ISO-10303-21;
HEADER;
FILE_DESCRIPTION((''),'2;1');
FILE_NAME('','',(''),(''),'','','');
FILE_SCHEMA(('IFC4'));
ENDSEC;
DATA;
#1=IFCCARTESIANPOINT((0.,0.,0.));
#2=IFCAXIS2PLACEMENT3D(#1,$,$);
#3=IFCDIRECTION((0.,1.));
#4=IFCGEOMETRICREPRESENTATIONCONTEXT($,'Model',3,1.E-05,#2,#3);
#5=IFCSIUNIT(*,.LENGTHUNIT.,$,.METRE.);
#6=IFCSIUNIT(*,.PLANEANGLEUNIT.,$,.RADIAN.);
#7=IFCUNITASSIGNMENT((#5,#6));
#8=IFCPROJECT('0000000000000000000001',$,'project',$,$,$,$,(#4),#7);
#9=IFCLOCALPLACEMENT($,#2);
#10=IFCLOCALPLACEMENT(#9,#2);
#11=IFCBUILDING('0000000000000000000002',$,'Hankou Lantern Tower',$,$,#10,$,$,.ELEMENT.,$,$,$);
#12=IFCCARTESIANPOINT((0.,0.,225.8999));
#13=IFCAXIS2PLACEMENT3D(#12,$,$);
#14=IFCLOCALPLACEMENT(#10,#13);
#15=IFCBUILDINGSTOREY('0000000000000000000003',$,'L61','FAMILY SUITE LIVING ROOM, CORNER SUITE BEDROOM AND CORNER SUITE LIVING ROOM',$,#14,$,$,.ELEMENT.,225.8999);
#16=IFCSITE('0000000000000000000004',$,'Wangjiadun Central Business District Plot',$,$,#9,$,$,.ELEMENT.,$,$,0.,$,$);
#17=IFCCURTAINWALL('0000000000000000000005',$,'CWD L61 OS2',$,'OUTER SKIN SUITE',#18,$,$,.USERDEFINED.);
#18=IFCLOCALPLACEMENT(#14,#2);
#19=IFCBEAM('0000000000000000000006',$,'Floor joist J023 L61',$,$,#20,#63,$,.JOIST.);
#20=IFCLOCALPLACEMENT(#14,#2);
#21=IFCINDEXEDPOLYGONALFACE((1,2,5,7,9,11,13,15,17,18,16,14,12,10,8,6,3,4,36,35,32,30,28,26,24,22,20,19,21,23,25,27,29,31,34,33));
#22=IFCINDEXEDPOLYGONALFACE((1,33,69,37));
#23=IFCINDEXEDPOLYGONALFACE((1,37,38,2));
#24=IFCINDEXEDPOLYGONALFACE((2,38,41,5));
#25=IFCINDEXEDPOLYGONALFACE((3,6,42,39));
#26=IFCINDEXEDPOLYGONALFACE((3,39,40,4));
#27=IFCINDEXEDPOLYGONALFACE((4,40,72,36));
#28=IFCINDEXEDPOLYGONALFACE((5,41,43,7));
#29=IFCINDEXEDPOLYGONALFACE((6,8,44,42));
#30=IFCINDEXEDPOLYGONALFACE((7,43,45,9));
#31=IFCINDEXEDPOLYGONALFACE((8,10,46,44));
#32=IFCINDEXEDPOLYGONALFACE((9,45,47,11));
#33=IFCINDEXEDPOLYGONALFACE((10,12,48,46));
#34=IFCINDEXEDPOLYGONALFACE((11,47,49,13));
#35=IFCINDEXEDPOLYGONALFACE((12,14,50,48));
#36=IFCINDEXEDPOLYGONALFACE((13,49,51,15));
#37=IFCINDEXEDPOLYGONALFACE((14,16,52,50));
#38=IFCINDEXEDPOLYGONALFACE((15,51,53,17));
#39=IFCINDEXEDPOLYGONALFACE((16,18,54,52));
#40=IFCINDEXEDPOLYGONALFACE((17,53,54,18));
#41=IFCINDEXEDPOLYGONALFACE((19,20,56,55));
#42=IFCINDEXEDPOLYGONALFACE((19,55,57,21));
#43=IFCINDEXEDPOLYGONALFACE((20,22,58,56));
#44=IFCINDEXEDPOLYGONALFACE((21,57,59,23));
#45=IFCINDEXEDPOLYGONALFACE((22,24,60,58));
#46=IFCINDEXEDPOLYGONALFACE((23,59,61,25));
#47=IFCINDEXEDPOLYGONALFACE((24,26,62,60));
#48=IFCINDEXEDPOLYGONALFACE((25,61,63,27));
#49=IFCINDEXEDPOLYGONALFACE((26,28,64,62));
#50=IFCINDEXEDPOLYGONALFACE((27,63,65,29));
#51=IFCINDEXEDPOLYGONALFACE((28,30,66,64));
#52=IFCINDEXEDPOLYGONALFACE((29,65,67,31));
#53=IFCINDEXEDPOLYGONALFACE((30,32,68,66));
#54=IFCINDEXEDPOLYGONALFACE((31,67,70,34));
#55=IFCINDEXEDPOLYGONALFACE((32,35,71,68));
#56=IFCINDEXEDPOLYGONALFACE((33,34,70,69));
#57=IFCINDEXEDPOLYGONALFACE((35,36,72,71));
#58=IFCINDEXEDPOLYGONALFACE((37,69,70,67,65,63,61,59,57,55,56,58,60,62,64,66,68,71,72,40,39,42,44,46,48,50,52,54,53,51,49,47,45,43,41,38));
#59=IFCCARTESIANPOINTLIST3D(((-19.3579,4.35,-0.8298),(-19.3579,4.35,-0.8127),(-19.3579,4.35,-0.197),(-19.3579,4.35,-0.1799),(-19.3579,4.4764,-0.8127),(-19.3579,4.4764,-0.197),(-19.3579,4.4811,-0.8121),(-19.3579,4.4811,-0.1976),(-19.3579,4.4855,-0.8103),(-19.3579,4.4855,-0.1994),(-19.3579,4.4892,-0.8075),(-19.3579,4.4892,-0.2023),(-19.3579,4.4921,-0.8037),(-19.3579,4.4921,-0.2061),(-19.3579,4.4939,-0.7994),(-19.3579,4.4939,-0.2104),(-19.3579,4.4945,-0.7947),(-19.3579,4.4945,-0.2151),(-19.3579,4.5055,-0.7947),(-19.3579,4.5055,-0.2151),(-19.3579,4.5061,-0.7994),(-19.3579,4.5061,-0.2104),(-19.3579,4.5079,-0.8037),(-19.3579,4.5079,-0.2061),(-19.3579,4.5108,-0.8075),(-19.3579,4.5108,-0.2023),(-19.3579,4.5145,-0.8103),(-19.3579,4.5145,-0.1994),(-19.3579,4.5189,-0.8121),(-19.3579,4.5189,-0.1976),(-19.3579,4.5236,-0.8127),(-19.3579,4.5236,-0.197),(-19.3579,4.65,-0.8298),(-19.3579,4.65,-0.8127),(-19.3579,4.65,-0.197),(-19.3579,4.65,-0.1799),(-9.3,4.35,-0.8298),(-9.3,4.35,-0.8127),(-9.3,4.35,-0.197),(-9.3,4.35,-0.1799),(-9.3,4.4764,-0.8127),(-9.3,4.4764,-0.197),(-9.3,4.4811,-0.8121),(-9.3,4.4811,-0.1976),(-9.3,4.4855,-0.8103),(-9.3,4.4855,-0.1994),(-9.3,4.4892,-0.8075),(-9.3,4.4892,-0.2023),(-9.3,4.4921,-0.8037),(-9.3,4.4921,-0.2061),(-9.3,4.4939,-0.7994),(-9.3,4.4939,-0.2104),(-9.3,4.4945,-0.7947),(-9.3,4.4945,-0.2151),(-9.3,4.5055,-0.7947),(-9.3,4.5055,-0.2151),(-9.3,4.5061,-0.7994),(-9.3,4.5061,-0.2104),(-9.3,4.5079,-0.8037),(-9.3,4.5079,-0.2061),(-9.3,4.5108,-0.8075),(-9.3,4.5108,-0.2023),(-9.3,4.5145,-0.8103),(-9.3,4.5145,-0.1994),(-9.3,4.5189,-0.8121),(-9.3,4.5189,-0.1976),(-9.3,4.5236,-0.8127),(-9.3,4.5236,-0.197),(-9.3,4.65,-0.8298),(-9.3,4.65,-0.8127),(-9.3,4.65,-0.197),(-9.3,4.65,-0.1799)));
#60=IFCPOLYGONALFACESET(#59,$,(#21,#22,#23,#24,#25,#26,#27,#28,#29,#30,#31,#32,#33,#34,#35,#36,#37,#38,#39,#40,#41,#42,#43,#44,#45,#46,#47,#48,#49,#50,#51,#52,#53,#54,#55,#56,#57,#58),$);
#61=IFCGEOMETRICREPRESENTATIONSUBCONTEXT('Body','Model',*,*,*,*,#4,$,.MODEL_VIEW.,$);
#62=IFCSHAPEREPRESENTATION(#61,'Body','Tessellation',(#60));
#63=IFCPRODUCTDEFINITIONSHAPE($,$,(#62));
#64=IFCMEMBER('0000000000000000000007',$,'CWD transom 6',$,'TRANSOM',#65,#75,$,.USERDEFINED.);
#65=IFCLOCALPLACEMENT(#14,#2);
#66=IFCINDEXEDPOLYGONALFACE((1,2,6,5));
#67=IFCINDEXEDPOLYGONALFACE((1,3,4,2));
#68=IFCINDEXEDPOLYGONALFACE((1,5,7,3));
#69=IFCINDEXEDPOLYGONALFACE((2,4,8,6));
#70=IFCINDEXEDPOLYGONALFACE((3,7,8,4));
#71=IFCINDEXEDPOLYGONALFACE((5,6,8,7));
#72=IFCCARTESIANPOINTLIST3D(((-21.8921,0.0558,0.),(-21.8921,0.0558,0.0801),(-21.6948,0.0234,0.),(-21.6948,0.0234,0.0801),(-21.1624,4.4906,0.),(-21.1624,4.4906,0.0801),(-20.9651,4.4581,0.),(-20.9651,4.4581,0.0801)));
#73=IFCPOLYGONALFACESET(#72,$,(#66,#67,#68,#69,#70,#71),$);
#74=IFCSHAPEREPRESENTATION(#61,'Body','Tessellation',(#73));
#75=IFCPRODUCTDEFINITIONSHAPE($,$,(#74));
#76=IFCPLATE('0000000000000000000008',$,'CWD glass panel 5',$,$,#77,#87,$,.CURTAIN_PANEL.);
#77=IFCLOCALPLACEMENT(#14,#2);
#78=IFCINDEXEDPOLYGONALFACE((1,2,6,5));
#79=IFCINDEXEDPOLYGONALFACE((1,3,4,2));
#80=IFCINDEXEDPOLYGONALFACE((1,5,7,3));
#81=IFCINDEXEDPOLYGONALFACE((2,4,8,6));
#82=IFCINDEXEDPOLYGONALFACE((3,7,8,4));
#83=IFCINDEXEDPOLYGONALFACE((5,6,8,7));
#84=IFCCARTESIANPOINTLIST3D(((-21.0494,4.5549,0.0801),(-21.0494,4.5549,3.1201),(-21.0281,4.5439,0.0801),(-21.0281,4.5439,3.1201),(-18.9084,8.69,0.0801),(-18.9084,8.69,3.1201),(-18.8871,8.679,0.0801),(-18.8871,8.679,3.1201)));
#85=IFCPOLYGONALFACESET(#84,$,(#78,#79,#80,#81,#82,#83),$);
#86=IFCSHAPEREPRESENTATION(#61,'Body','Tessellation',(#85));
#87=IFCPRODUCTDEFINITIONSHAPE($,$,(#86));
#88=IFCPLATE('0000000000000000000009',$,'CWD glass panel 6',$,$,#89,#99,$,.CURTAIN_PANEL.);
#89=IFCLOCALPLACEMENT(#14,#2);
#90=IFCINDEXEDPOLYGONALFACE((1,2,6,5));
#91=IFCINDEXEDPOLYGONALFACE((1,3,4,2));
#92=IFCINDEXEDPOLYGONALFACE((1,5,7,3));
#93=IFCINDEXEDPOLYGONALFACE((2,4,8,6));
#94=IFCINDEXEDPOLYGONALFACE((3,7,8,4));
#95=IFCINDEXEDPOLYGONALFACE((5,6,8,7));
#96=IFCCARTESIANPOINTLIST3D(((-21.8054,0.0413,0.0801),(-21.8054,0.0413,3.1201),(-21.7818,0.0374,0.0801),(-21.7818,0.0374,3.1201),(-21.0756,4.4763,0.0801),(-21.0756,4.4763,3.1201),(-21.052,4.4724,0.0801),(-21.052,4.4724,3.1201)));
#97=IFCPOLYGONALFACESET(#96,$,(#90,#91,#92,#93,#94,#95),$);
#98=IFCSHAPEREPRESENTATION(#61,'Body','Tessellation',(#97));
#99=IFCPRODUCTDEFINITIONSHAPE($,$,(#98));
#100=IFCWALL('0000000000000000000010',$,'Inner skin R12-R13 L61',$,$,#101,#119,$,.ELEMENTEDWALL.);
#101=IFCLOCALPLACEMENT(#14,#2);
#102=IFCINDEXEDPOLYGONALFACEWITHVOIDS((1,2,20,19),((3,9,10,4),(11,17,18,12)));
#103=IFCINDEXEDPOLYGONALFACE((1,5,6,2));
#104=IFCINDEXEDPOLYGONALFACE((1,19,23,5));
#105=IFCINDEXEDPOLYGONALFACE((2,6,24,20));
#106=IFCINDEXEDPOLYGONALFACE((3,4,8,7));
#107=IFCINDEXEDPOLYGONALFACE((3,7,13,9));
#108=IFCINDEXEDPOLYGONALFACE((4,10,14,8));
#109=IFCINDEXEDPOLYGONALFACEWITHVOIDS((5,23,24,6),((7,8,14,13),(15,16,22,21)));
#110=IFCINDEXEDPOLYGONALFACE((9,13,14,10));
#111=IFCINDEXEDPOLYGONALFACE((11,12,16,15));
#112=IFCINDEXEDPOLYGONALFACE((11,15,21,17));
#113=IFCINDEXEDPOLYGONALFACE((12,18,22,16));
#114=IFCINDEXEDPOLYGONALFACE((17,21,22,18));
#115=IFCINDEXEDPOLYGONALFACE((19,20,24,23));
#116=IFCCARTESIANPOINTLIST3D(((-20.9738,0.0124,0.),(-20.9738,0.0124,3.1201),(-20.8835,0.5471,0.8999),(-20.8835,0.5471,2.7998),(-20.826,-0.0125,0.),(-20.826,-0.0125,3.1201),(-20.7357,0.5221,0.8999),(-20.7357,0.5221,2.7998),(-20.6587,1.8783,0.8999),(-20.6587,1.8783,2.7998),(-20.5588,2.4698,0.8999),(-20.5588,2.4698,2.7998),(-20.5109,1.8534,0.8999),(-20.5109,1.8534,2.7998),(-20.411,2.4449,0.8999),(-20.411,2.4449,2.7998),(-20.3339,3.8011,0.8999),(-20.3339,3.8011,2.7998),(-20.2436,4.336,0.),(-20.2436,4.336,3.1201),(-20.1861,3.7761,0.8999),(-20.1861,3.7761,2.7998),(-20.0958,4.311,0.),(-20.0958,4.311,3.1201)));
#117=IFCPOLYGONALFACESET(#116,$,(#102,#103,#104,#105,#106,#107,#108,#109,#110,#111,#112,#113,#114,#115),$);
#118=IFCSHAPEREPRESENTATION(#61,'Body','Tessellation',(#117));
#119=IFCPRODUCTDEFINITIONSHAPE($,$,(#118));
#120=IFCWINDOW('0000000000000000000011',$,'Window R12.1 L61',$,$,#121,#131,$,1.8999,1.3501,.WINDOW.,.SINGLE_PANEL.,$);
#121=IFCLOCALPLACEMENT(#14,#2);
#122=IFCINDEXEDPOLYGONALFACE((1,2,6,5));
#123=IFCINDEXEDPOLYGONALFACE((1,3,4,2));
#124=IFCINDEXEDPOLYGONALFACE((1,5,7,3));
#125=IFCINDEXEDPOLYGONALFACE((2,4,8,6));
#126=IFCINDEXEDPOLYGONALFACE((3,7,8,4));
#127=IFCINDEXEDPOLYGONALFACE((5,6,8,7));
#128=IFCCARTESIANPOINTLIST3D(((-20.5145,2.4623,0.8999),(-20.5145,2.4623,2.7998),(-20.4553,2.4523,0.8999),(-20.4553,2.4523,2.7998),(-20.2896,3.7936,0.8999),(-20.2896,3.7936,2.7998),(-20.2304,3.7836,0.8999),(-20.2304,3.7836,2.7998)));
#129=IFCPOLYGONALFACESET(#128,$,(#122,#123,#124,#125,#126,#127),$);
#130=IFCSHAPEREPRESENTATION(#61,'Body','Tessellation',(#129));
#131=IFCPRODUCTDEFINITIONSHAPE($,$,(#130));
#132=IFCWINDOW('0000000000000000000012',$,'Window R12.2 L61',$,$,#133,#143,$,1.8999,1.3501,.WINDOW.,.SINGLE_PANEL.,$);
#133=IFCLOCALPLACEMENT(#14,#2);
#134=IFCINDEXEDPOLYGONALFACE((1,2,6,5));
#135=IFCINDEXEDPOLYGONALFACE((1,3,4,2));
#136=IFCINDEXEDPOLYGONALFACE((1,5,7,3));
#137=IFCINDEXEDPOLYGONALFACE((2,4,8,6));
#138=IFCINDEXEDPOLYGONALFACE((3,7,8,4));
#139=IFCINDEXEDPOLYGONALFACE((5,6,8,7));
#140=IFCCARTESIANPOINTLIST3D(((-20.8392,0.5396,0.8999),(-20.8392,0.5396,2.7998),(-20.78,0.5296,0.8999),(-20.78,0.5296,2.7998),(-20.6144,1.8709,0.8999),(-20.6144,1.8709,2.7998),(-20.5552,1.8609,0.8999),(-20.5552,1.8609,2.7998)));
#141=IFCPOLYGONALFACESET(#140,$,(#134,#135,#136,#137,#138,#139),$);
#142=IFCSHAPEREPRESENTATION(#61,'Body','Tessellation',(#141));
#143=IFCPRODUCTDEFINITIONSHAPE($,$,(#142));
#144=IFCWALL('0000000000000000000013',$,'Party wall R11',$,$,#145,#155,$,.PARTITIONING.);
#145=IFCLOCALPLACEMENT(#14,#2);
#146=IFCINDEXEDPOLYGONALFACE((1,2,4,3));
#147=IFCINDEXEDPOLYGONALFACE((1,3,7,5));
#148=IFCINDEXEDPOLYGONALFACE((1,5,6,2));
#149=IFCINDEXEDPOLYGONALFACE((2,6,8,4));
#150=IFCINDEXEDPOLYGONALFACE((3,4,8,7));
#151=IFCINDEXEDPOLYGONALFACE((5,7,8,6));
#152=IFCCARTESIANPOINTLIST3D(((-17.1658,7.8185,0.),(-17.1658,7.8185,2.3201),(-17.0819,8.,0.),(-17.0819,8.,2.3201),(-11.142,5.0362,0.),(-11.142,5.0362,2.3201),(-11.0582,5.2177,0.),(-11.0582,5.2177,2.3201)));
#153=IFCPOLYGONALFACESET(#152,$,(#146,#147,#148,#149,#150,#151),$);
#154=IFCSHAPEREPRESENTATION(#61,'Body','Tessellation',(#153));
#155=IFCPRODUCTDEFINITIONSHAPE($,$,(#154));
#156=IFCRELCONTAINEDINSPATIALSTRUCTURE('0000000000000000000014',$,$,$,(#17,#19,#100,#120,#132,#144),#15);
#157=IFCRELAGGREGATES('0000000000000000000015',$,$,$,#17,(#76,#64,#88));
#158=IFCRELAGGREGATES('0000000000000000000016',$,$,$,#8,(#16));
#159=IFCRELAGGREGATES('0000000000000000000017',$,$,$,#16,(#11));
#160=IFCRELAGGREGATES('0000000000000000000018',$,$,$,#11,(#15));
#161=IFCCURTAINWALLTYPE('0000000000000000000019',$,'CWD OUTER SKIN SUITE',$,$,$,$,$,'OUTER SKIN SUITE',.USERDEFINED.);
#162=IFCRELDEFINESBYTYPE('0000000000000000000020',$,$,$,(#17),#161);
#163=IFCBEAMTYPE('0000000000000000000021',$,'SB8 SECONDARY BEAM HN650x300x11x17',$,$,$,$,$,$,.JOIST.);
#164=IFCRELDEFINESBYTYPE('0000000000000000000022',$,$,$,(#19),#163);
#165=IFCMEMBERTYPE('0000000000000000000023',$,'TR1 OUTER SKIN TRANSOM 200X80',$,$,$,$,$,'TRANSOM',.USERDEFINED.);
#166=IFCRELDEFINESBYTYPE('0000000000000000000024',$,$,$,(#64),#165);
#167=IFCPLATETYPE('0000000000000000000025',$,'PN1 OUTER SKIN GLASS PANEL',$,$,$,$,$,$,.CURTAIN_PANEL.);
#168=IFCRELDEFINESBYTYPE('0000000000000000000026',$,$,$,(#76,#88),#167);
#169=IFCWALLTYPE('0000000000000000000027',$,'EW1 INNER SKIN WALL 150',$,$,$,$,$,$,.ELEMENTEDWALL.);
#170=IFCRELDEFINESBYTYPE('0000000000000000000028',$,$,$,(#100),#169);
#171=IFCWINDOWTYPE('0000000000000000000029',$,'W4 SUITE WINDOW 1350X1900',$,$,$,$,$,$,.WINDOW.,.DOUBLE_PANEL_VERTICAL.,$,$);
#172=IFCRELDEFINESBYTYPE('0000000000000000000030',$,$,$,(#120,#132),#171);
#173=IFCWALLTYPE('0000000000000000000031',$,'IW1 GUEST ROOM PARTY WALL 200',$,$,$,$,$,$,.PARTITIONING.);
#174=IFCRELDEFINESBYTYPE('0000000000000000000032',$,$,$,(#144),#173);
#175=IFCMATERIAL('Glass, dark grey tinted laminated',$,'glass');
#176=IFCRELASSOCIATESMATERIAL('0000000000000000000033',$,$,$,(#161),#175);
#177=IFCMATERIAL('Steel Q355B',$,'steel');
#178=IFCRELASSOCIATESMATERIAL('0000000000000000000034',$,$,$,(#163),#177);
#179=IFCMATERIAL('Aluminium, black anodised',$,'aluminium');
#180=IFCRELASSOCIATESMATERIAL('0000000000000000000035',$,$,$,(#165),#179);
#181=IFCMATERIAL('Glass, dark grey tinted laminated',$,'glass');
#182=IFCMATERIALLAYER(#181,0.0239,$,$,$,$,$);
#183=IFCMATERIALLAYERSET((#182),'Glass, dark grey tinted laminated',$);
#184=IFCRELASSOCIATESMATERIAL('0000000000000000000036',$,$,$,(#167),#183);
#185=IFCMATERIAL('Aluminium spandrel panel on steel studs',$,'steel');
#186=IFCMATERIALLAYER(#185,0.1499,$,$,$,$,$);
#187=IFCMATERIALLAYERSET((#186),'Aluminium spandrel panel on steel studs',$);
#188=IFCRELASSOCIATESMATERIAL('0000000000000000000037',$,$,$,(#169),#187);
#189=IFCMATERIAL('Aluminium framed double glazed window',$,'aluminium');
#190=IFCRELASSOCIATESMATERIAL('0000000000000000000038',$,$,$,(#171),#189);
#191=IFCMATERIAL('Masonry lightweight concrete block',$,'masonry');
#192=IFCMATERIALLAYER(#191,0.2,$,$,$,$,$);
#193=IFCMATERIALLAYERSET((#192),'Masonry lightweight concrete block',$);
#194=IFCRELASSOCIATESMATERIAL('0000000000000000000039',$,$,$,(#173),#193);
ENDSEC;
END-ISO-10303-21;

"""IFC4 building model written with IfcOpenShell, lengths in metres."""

from ifc_helpers import new_model, si_unit, direction, frame, frame_2d, origin, origin_2d, place, context, subcontext, project, spatial, rectangle, i_section, extrude, material, layer, layer_set, material_profile, profile_set, type_object, element, fill, aggregate, save


model = new_model("IFC4")

# Units and contexts
model_context = context("Model", 3, precision=1e-05, world=origin(), true_north=direction((0.0, 1.0)))
body_context = subcontext(model_context, "Body", "Model", "MODEL_VIEW")
ifc_project = project(units=[si_unit("LENGTHUNIT", "METRE"), si_unit("PLANEANGLEUNIT", "RADIAN")], contexts=[model_context])

# Site, building, storey
site_placement = place(None, origin())
site = spatial("IfcSite", under=ifc_project, at=site_placement, Name="Wangjiadun Central Business District Plot", CompositionType="ELEMENT", RefElevation=0.0)
building_placement = place(site_placement, origin())
building = spatial("IfcBuilding", under=site, at=building_placement, Name="Hankou Lantern Tower", CompositionType="ELEMENT")
storey_placement = place(building_placement, frame((0.0, 0.0, 225.8999)))
storey = spatial("IfcBuildingStorey", under=building, at=storey_placement, Name="L61", Description="FAMILY SUITE LIVING ROOM, CORNER SUITE BEDROOM AND CORNER SUITE LIVING ROOM", CompositionType="ELEMENT", Elevation=225.8999)

# Curtain wall
ifc_material_1 = material(Name="Glass, dark grey tinted laminated", Category="glass")
curtain_wall_type = type_object("IfcCurtainWallType", Name="CWD OUTER SKIN SUITE", ElementType="OUTER SKIN SUITE", PredefinedType="USERDEFINED", material=ifc_material_1)
curtain_wall_placement = place(storey_placement, origin())
curtain_wall = element("IfcCurtainWall", 1, at=curtain_wall_placement, inside=storey, type_object=curtain_wall_type, Name="CWD L61 OS2", ObjectType="OUTER SKIN SUITE", PredefinedType="USERDEFINED")

# Beam
ifc_material_2 = material(Name="Steel Q355B", Category="steel")
ifc_material_profile_1 = material_profile(ifc_material_2, i_section(OverallWidth=0.3, OverallDepth=0.6499, WebThickness=0.011, FlangeThickness=0.0171, FilletRadius=0.0181, at=origin_2d()), Name="HN650x300x11x17")
ifc_profile_set_1 = profile_set([ifc_material_profile_1], Name="Steel Q355B")
beam_type_1 = type_object("IfcBeamType", Name="SB8 SECONDARY BEAM HN650x300x11x17", PredefinedType="JOIST", material=ifc_profile_set_1)
beam_1_placement = place(storey_placement, frame((-19.3579, 4.5, -0.5049), z_axis=(1.0, 0.0, 0.0), x_axis=(0.0, 1.0, 0.0)))
element("IfcBeam", 2, at=beam_1_placement, inside=storey, type_object=beam_type_1, Name="Floor joist J023 L61", PredefinedType="JOIST", context=body_context, shape_type="SweptSolid", body=[
    extrude(i_section(OverallWidth=0.3, OverallDepth=0.6499, WebThickness=0.011, FlangeThickness=0.0171, FilletRadius=0.0181, at=origin_2d()), origin(), (0.0, 0.0, 1.0), 10.0579),
])

# Member
ifc_material_3 = material(Name="Aluminium, black anodised", Category="aluminium")
ifc_material_profile_2 = material_profile(ifc_material_3, rectangle(XDim=0.2, YDim=0.0801, at=origin_2d()), Name="TR1 200X80")
ifc_profile_set_2 = profile_set([ifc_material_profile_2], Name="Aluminium, black anodised")
member_type_1 = type_object("IfcMemberType", Name="TR1 OUTER SKIN TRANSOM 200X80", ElementType="TRANSOM", PredefinedType="USERDEFINED", material=ifc_profile_set_2)
member_1_placement = place(storey_placement, frame((-21.0637, 4.4744, 0.04), z_axis=(-0.162364, -0.986731, 0.0), x_axis=(0.986731, -0.162364, 0.0)))
member_1 = element("IfcMember", 3, at=member_1_placement, type_object=member_type_1, Name="CWD transom 6", ObjectType="TRANSOM", PredefinedType="USERDEFINED", context=body_context, shape_type="SweptSolid", body=[
    extrude(rectangle(XDim=0.2, YDim=0.0801, at=origin_2d()), origin(), (0.0, 0.0, 1.0), 4.4944),
])

# Plates
ifc_material_4 = material(Name="Glass, dark grey tinted laminated", Category="glass")
ifc_layer_1 = layer(ifc_material_4, 0.0239)
ifc_layer_set_1 = layer_set([ifc_layer_1], Name="Glass, dark grey tinted laminated")
plate_type = type_object("IfcPlateType", Name="PN1 OUTER SKIN GLASS PANEL", PredefinedType="CURTAIN_PANEL", material=ifc_layer_set_1)
plate_1_placement = place(storey_placement, frame((-19.9683, 6.6169, 0.0801), z_axis=(0.0, 0.0, 1.0), x_axis=(-0.459791, -0.888027, 0.0)))
plate_1 = element("IfcPlate", 4, at=plate_1_placement, type_object=plate_type, Name="CWD glass panel 5", PredefinedType="CURTAIN_PANEL", context=body_context, shape_type="SweptSolid", body=[
    extrude(rectangle(XDim=4.6565, YDim=0.0239, at=origin_2d()), origin(), (0.0, 0.0, 1.0), 3.04),
])
plate_2_placement = place(storey_placement, frame((-21.4287, 2.2568, 0.0801), z_axis=(0.0, 0.0, 1.0), x_axis=(-0.162382, -0.986728, 0.0)))
plate_2 = element("IfcPlate", 5, at=plate_2_placement, type_object=plate_type, Name="CWD glass panel 6", PredefinedType="CURTAIN_PANEL", context=body_context, shape_type="SweptSolid", body=[
    extrude(rectangle(XDim=4.4946, YDim=0.0239, at=origin_2d()), origin(), (0.0, 0.0, 1.0), 3.04),
])
aggregate(curtain_wall, [plate_1, member_1, plate_2])

# Wall, openings, windows
ifc_material_5 = material(Name="Aluminium spandrel panel on steel studs", Category="steel")
ifc_layer_2 = layer(ifc_material_5, 0.1499)
ifc_layer_set_2 = layer_set([ifc_layer_2], Name="Aluminium spandrel panel on steel studs")
wall_type_1 = type_object("IfcWallType", Name="EW1 INNER SKIN WALL 150", PredefinedType="ELEMENTEDWALL", material=ifc_layer_set_2)
wall_1_placement = place(storey_placement, frame((-20.1697, 4.3235, 0.0), z_axis=(0.0, 0.0, 1.0), x_axis=(-0.166539, -0.986035, 0.0)))
wall_1 = element("IfcWall", 6, at=wall_1_placement, inside=storey, type_object=wall_type_1, Name="Inner skin R12-R13 L61", PredefinedType="ELEMENTEDWALL", context=body_context, shape_type="SweptSolid", body=[
    extrude(rectangle(XDim=4.3848, YDim=0.1499, at=frame_2d((2.1924, 0.0))), origin(), (0.0, 0.0, 1.0), 3.1201),
])
opening_1_placement = place(wall_1_placement, frame((0.5425, 0.0, 0.8999)))
opening_1 = element("IfcOpeningElement", 7, at=opening_1_placement, cuts=wall_1, PredefinedType="OPENING", context=body_context, shape_type="SweptSolid", body=[
    extrude(rectangle(XDim=1.3501, YDim=1.8999, at=frame_2d((0.675, 0.95))), frame((0.0, 0.085, 0.0), z_axis=(0.0, -1.0, 0.0), x_axis=(1.0, 0.0, 0.0)), (0.0, 0.0, 1.0), 0.1699),
])
opening_2_placement = place(wall_1_placement, frame((2.4924, 0.0, 0.8999)))
opening_2 = element("IfcOpeningElement", 8, at=opening_2_placement, cuts=wall_1, PredefinedType="OPENING", context=body_context, shape_type="SweptSolid", body=[
    extrude(rectangle(XDim=1.3501, YDim=1.8999, at=frame_2d((0.675, 0.95))), frame((0.0, 0.085, 0.0), z_axis=(0.0, -1.0, 0.0), x_axis=(1.0, 0.0, 0.0)), (0.0, 0.0, 1.0), 0.1699),
])
ifc_material_6 = material(Name="Aluminium framed double glazed window", Category="aluminium")
window_type = type_object("IfcWindowType", Name="W4 SUITE WINDOW 1350X1900", PartitioningType="DOUBLE_PANEL_VERTICAL", PredefinedType="WINDOW", material=ifc_material_6)
window_1_placement = place(opening_1_placement, origin())
window_1 = element("IfcWindow", 9, at=window_1_placement, inside=storey, type_object=window_type, Name="Window R12.1 L61", OverallHeight=1.8999, OverallWidth=1.3501, PartitioningType="SINGLE_PANEL", PredefinedType="WINDOW", context=body_context, shape_type="SweptSolid", body=[
    extrude(rectangle(XDim=1.3501, YDim=1.8999, at=frame_2d((0.675, 0.95))), frame((0.0, 0.03, 0.0), z_axis=(0.0, -1.0, 0.0), x_axis=(1.0, 0.0, 0.0)), (0.0, 0.0, 1.0), 0.0601),
])
fill(opening_1, window_1)
window_2_placement = place(opening_2_placement, origin())
window_2 = element("IfcWindow", 10, at=window_2_placement, inside=storey, type_object=window_type, Name="Window R12.2 L61", OverallHeight=1.8999, OverallWidth=1.3501, PartitioningType="SINGLE_PANEL", PredefinedType="WINDOW", context=body_context, shape_type="SweptSolid", body=[
    extrude(rectangle(XDim=1.3501, YDim=1.8999, at=frame_2d((0.675, 0.95))), frame((0.0, 0.03, 0.0), z_axis=(0.0, -1.0, 0.0), x_axis=(1.0, 0.0, 0.0)), (0.0, 0.0, 1.0), 0.0601),
])
fill(opening_2, window_2)

# Wall
ifc_material_7 = material(Name="Masonry lightweight concrete block", Category="masonry")
ifc_layer_3 = layer(ifc_material_7, 0.2)
ifc_layer_set_3 = layer_set([ifc_layer_3], Name="Masonry lightweight concrete block")
wall_type_2 = type_object("IfcWallType", Name="IW1 GUEST ROOM PARTY WALL 200", PredefinedType="PARTITIONING", material=ifc_layer_set_3)
wall_2_placement = place(storey_placement, frame((-11.1001, 5.127, 0.0), z_axis=(0.0, 0.0, 1.0), x_axis=(-0.907841, 0.419315, 0.0)))
element("IfcWall", 11, at=wall_2_placement, inside=storey, type_object=wall_type_2, Name="Party wall R11", PredefinedType="PARTITIONING", context=body_context, shape_type="SweptSolid", body=[
    extrude(rectangle(XDim=6.6353, YDim=0.2, at=frame_2d((3.3176, 0.0))), origin(), (0.0, 0.0, 1.0), 2.3201),
])

save(model, "model.ifc")
